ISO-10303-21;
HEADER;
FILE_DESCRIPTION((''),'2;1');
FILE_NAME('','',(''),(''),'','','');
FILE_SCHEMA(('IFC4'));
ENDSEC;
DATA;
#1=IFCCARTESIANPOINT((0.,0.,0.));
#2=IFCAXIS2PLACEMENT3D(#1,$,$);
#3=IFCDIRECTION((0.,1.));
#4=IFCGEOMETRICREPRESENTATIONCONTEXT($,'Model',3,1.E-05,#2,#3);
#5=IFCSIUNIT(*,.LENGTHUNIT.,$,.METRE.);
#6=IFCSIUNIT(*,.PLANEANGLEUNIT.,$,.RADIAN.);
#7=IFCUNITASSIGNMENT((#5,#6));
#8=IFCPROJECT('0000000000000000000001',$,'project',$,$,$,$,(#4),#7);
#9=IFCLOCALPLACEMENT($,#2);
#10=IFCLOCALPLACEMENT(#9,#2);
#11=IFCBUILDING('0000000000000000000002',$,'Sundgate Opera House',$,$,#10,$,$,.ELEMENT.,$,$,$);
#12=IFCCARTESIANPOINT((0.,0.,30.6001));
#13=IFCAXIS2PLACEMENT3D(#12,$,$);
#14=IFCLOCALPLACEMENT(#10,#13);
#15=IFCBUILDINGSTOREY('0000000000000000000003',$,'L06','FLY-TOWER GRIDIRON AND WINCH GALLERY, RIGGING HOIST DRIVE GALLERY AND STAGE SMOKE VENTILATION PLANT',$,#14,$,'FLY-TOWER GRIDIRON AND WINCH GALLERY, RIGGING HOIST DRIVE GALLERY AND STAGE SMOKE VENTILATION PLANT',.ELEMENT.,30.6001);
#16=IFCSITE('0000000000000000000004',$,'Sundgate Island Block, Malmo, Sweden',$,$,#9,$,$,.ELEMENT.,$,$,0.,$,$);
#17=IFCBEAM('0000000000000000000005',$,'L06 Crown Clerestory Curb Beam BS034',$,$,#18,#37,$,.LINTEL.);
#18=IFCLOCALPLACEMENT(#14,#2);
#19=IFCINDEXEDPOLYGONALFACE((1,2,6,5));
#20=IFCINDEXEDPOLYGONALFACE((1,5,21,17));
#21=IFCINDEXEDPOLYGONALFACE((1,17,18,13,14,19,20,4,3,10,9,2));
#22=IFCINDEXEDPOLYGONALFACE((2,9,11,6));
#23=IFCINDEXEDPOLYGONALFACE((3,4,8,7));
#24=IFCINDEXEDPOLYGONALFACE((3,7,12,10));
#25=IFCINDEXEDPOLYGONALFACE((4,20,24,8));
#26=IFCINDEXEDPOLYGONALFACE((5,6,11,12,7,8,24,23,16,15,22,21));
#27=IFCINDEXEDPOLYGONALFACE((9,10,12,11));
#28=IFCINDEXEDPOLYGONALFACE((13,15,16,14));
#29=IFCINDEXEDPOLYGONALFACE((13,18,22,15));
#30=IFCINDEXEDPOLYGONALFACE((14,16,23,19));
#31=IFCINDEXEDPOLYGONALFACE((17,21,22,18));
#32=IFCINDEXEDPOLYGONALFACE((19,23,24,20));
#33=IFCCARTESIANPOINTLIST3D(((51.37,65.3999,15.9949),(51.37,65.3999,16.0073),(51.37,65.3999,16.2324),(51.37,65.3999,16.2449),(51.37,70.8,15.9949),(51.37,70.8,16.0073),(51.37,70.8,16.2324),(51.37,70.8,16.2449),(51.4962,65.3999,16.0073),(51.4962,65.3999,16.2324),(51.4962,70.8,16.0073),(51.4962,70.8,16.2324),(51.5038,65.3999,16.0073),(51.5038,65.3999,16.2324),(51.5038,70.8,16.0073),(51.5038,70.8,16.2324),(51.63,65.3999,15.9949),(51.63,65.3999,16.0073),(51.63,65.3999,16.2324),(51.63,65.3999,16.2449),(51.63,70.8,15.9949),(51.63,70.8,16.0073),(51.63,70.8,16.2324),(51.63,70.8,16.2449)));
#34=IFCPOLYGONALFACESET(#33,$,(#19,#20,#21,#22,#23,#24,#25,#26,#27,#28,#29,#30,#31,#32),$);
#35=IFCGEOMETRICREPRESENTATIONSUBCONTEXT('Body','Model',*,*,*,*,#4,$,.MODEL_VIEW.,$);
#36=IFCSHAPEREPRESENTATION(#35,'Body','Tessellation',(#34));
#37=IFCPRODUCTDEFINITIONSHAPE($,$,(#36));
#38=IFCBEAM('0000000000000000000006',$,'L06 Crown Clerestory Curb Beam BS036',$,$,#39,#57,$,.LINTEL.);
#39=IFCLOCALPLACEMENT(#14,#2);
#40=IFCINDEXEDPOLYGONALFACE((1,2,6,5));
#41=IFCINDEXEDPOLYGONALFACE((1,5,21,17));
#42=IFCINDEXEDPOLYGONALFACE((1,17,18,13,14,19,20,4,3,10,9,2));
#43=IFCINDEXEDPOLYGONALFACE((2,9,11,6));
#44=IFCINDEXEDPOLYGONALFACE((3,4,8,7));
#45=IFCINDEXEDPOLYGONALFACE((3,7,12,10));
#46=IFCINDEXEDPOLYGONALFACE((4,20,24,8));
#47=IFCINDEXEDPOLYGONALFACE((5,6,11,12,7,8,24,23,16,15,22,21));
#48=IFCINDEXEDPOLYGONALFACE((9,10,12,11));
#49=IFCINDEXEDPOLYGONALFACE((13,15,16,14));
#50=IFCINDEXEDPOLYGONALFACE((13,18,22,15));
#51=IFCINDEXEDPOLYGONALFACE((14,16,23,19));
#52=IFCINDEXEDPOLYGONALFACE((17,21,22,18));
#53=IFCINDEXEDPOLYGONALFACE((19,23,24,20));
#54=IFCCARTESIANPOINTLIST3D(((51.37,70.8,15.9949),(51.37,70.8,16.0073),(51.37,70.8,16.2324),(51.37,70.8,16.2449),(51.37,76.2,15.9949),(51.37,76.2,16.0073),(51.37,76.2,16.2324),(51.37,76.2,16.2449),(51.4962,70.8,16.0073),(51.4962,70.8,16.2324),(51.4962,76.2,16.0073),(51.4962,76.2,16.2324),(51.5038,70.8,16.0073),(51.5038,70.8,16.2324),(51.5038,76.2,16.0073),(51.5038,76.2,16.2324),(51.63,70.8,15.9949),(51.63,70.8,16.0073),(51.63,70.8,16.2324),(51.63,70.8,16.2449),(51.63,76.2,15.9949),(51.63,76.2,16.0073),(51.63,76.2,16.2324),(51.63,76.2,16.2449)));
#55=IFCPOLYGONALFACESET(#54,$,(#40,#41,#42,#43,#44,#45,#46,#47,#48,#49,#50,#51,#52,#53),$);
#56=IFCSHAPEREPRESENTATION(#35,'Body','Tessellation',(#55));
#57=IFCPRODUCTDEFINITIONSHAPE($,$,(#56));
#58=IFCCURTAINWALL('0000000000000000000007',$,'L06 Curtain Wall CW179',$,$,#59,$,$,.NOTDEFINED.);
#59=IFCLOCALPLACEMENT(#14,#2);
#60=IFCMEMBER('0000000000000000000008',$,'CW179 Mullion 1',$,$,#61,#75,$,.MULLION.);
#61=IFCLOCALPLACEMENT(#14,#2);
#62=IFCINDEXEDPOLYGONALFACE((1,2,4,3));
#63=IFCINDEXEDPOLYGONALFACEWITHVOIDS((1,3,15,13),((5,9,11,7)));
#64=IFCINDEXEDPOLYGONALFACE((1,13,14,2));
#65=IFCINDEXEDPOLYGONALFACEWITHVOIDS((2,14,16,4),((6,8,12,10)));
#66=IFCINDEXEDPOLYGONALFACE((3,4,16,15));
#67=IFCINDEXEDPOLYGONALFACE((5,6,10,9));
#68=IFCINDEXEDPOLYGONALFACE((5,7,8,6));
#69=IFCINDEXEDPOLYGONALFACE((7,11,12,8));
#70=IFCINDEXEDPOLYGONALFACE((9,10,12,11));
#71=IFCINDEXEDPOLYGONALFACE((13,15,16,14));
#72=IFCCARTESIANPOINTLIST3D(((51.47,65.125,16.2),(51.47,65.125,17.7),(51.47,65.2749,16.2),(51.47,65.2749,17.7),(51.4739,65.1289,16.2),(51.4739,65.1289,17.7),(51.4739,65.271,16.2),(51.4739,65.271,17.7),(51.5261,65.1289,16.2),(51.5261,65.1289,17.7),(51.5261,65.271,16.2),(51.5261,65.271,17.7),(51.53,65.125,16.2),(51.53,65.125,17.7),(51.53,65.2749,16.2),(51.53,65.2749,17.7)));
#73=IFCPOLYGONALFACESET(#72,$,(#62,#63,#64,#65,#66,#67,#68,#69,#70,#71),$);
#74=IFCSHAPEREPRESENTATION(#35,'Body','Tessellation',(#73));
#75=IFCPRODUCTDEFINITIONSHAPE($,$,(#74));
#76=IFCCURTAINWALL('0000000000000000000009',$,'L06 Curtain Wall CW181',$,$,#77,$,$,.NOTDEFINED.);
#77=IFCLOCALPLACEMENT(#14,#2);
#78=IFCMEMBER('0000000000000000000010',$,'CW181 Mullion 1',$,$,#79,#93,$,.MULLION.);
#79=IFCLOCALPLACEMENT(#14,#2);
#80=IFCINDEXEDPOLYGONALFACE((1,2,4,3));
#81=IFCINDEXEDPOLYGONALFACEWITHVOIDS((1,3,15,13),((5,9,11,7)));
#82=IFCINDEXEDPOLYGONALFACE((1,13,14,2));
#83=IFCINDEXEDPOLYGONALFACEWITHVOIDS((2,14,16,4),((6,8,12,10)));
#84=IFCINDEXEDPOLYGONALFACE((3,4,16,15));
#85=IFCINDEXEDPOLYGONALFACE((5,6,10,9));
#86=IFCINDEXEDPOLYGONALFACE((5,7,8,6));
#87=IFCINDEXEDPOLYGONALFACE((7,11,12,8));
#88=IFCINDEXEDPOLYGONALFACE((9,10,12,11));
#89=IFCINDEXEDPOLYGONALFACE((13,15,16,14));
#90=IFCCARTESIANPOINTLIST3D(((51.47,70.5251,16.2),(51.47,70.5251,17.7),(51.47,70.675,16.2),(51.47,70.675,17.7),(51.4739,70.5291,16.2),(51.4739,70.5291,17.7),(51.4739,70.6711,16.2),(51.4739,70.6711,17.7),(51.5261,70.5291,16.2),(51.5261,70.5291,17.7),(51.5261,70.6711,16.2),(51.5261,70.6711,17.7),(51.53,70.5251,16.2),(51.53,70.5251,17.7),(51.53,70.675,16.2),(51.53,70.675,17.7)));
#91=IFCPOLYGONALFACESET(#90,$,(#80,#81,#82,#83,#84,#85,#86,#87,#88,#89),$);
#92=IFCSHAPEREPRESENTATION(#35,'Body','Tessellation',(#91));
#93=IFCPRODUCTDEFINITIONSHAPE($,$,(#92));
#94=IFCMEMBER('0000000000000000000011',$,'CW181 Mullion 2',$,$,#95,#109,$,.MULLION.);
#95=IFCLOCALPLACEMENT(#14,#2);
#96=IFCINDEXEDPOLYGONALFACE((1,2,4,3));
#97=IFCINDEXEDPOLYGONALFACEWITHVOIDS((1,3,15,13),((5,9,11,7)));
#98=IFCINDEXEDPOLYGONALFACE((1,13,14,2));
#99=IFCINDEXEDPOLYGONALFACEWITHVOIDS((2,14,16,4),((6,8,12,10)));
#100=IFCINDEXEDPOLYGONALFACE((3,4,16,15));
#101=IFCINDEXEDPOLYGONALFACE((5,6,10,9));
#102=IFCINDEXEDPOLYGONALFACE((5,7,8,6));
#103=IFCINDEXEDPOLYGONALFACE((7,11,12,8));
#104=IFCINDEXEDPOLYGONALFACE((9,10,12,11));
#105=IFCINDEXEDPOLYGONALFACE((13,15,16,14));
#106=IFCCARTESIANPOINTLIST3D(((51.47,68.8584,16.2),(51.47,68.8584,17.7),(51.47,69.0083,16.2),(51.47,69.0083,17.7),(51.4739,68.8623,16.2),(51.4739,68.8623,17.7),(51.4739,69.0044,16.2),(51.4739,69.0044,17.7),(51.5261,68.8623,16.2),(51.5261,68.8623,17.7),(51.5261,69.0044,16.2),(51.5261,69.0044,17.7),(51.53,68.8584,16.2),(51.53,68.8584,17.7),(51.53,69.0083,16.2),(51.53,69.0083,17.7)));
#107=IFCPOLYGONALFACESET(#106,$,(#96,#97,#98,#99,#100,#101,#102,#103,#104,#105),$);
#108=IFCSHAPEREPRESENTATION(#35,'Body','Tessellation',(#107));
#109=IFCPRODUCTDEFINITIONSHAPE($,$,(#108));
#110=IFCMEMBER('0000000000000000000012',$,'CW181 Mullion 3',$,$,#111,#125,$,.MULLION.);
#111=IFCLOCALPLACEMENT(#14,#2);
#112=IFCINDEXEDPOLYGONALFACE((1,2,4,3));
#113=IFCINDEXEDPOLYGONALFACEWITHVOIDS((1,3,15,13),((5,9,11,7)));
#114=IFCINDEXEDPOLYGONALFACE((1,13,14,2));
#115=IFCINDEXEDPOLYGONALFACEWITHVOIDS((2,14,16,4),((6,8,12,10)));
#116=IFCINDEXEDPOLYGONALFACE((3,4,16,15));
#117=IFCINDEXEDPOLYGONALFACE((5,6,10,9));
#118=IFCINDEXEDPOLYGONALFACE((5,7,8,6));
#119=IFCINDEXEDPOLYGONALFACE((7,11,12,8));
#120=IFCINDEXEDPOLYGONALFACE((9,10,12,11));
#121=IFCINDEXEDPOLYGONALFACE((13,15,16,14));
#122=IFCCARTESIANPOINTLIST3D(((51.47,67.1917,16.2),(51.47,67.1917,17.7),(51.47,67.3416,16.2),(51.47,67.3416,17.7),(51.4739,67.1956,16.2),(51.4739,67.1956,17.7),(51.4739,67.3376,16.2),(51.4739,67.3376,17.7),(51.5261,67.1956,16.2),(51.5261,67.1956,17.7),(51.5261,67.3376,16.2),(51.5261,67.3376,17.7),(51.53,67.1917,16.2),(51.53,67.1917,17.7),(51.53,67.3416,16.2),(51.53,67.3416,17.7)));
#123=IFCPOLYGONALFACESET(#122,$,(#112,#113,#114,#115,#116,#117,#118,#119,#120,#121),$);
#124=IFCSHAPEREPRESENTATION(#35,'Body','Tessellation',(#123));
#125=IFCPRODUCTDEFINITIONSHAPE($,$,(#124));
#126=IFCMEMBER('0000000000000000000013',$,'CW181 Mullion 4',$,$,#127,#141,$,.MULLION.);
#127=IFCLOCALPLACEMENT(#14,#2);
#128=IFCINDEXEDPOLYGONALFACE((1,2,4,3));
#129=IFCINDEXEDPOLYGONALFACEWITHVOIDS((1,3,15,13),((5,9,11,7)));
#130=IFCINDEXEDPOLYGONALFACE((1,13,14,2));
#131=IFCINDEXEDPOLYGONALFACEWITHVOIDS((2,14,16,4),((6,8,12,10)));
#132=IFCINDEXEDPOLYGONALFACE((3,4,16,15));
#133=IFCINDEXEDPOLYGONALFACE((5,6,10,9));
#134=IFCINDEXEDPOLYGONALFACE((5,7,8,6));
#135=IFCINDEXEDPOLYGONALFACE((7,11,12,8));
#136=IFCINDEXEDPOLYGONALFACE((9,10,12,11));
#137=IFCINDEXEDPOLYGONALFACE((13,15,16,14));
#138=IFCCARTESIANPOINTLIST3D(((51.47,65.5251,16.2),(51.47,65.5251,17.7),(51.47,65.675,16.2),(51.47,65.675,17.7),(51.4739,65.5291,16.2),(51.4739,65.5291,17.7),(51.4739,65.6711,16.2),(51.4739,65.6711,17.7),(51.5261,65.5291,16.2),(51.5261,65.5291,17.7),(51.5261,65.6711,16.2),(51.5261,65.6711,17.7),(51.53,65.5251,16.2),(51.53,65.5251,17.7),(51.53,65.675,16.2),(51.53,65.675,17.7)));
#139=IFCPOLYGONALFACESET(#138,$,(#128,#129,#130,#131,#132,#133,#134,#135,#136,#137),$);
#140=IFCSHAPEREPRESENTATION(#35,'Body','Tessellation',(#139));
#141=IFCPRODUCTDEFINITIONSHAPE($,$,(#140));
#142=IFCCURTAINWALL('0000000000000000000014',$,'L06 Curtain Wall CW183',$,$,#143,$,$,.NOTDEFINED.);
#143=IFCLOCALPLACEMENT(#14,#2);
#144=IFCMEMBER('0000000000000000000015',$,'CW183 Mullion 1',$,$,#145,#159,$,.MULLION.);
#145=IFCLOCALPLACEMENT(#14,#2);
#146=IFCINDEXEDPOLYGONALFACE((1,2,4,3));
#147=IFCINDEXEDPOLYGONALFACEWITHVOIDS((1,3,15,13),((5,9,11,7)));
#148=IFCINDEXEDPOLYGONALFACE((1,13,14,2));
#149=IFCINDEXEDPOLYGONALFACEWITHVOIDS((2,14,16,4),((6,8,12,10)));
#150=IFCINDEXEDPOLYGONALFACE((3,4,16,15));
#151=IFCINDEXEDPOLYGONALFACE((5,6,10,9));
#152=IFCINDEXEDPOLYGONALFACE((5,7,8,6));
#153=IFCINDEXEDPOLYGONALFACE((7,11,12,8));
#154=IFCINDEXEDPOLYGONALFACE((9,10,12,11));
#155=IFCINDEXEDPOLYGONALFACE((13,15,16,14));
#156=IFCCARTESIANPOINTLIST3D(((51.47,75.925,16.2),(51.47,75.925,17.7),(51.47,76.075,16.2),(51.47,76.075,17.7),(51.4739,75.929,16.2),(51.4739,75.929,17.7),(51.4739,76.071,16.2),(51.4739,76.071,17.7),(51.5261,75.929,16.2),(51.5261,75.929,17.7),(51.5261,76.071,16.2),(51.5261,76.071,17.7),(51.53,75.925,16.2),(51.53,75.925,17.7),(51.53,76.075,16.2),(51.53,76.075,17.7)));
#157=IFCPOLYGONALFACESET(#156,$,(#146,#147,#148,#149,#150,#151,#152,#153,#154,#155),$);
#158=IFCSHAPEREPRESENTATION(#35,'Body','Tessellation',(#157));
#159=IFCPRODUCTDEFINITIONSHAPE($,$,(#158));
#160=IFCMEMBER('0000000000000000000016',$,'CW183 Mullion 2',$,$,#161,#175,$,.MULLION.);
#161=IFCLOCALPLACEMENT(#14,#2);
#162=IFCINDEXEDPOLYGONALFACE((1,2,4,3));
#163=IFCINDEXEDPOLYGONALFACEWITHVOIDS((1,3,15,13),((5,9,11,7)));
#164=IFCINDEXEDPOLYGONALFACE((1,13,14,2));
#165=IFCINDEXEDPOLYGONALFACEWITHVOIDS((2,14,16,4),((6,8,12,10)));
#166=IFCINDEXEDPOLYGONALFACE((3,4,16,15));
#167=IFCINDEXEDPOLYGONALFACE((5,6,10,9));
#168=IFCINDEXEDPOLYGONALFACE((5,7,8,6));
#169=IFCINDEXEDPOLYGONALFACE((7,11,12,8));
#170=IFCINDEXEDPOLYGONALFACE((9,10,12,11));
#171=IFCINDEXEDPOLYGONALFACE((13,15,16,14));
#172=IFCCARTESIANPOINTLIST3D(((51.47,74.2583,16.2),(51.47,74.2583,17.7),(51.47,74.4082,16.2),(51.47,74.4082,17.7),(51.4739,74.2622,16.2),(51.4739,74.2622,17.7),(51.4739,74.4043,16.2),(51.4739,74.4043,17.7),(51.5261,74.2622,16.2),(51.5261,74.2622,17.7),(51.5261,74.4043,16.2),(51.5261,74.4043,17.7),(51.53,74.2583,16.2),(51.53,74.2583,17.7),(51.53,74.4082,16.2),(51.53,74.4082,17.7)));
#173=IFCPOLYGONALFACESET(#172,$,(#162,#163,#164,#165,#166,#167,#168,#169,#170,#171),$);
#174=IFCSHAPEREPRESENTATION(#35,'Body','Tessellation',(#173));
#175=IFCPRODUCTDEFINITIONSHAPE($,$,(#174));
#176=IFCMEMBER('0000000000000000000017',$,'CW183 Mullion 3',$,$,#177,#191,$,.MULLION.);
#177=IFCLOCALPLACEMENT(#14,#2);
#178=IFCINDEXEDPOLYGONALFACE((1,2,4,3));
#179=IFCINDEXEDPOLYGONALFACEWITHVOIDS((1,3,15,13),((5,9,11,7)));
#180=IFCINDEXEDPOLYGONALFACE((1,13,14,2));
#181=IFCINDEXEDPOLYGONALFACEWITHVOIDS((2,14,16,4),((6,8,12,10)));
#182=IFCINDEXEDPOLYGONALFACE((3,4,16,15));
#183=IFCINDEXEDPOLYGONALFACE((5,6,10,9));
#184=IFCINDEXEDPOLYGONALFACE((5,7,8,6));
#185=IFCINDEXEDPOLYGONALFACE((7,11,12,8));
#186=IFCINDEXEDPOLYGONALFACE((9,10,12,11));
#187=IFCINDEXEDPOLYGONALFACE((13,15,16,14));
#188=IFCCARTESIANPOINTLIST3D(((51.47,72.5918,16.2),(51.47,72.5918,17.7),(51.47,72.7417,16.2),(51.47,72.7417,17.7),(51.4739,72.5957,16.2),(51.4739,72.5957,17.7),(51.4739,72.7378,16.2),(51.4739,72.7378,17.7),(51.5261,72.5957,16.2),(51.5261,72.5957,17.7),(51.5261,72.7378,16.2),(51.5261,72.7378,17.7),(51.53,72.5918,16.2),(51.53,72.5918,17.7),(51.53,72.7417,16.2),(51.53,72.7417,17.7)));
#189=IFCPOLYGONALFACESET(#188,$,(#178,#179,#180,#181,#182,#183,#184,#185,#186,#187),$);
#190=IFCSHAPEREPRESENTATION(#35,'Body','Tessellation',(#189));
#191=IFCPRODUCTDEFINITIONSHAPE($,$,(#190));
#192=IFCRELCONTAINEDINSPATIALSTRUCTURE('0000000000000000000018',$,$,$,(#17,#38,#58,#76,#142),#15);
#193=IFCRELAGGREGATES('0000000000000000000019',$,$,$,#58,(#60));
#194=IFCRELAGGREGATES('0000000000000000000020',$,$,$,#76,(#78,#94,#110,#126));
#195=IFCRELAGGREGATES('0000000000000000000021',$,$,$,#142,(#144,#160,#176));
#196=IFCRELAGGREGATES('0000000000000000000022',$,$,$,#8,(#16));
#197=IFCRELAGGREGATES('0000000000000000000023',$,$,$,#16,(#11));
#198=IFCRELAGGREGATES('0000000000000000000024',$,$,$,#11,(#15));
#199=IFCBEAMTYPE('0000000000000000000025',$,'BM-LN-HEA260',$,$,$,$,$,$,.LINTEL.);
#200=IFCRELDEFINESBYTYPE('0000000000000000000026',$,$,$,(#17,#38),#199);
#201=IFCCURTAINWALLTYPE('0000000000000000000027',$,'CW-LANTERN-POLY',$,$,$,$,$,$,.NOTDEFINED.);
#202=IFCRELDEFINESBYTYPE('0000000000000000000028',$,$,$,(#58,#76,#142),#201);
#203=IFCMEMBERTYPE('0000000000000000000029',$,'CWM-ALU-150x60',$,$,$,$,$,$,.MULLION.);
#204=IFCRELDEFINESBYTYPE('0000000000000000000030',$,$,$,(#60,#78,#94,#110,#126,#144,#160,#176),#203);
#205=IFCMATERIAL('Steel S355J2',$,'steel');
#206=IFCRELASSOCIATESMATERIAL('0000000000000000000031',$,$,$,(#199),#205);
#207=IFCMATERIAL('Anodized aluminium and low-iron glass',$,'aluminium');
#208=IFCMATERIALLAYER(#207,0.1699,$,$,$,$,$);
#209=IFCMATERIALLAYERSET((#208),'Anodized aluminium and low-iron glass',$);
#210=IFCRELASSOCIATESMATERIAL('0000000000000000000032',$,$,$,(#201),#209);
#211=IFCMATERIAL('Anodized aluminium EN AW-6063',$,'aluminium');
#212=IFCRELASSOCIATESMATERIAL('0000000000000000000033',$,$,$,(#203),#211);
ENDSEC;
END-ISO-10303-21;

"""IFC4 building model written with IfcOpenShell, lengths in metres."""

from ifc_helpers import new_model, si_unit, direction, frame, origin, origin_2d, place, context, subcontext, project, spatial, hollow_rectangle, i_section, extrude, material, layer, layer_set, material_profile, profile_set, type_object, element, aggregate, save


model = new_model("IFC4")

# Units and contexts
model_context = context("Model", 3, precision=1e-05, world=origin(), true_north=direction((0.0, 1.0)))
body_context = subcontext(model_context, "Body", "Model", "MODEL_VIEW")
ifc_project = project(units=[si_unit("LENGTHUNIT", "METRE"), si_unit("PLANEANGLEUNIT", "RADIAN")], contexts=[model_context])

# Site, building, storey
site_placement = place(None, origin())
site = spatial("IfcSite", under=ifc_project, at=site_placement, Name="Sundgate Island Block, Malmo, Sweden", CompositionType="ELEMENT", RefElevation=0.0)
building_placement = place(site_placement, origin())
building = spatial("IfcBuilding", under=site, at=building_placement, Name="Sundgate Opera House", CompositionType="ELEMENT")
storey_placement = place(building_placement, frame((0.0, 0.0, 30.6001)))
storey = spatial("IfcBuildingStorey", under=building, at=storey_placement, Name="L06", Description="FLY-TOWER GRIDIRON AND WINCH GALLERY, RIGGING HOIST DRIVE GALLERY AND STAGE SMOKE VENTILATION PLANT", LongName="FLY-TOWER GRIDIRON AND WINCH GALLERY, RIGGING HOIST DRIVE GALLERY AND STAGE SMOKE VENTILATION PLANT", CompositionType="ELEMENT", Elevation=30.6001)

# Beams
ifc_material_1 = material(Name="Steel S355J2", Category="steel")
ifc_material_profile_1 = material_profile(ifc_material_1, i_section(OverallWidth=0.26, OverallDepth=0.25, WebThickness=0.0076, FlangeThickness=0.0125, at=origin_2d()), Name="HEA 260")
ifc_profile_set_1 = profile_set([ifc_material_profile_1], Name="Steel S355J2")
beam_type = type_object("IfcBeamType", Name="BM-LN-HEA260", PredefinedType="LINTEL", material=ifc_profile_set_1)
beam_1_placement = place(storey_placement, frame((51.5, 65.3999, 16.1199), z_axis=(0.0, 1.0, 0.0), x_axis=(-1.0, 0.0, 0.0)))
element("IfcBeam", 1, at=beam_1_placement, inside=storey, type_object=beam_type, Name="L06 Crown Clerestory Curb Beam BS034", PredefinedType="LINTEL", context=body_context, shape_type="SweptSolid", body=[
    extrude(i_section(OverallWidth=0.26, OverallDepth=0.25, WebThickness=0.0076, FlangeThickness=0.0125, at=origin_2d()), origin(), (0.0, 0.0, 1.0), 5.4001),
])
beam_2_placement = place(storey_placement, frame((51.5, 70.8, 16.1199), z_axis=(0.0, 1.0, 0.0), x_axis=(-1.0, 0.0, 0.0)))
element("IfcBeam", 2, at=beam_2_placement, inside=storey, type_object=beam_type, Name="L06 Crown Clerestory Curb Beam BS036", PredefinedType="LINTEL", context=body_context, shape_type="SweptSolid", body=[
    extrude(i_section(OverallWidth=0.26, OverallDepth=0.25, WebThickness=0.0076, FlangeThickness=0.0125, at=origin_2d()), origin(), (0.0, 0.0, 1.0), 5.3999),
])

# Curtain wall, member
ifc_material_2 = material(Name="Anodized aluminium and low-iron glass", Category="aluminium")
ifc_layer_1 = layer(ifc_material_2, 0.1699)
ifc_layer_set_1 = layer_set([ifc_layer_1], Name="Anodized aluminium and low-iron glass")
curtain_wall_type = type_object("IfcCurtainWallType", Name="CW-LANTERN-POLY", PredefinedType="NOTDEFINED", material=ifc_layer_set_1)
curtain_wall_1_placement = place(storey_placement, origin())
curtain_wall_1 = element("IfcCurtainWall", 3, at=curtain_wall_1_placement, inside=storey, type_object=curtain_wall_type, Name="L06 Curtain Wall CW179", PredefinedType="NOTDEFINED")
ifc_material_3 = material(Name="Anodized aluminium EN AW-6063", Category="aluminium")
ifc_material_profile_2 = material_profile(ifc_material_3, hollow_rectangle(XDim=0.0601, YDim=0.1499, WallThickness=0.0039, at=origin_2d()), Name="CWM 150x60x4")
ifc_profile_set_2 = profile_set([ifc_material_profile_2], Name="Anodized aluminium EN AW-6063")
member_type_1 = type_object("IfcMemberType", Name="CWM-ALU-150x60", PredefinedType="MULLION", material=ifc_profile_set_2)
member_1_placement = place(storey_placement, frame((51.5, 65.2, 16.2), z_axis=(0.0, 0.0, 1.0), x_axis=(1.0, 0.0, 0.0)))
member_1 = element("IfcMember", 4, at=member_1_placement, type_object=member_type_1, Name="CW179 Mullion 1", PredefinedType="MULLION", context=body_context, shape_type="SweptSolid", body=[
    extrude(hollow_rectangle(XDim=0.0601, YDim=0.1499, WallThickness=0.0039, at=origin_2d()), origin(), (0.0, 0.0, 1.0), 1.5),
])

# Curtain walls, members
curtain_wall_2_placement = place(storey_placement, origin())
curtain_wall_2 = element("IfcCurtainWall", 5, at=curtain_wall_2_placement, inside=storey, type_object=curtain_wall_type, Name="L06 Curtain Wall CW181", PredefinedType="NOTDEFINED")
member_2_placement = place(storey_placement, frame((51.5, 70.6001, 16.2), z_axis=(0.0, 0.0, 1.0), x_axis=(1.0, 0.0, 0.0)))
member_2 = element("IfcMember", 6, at=member_2_placement, type_object=member_type_1, Name="CW181 Mullion 1", PredefinedType="MULLION", context=body_context, shape_type="SweptSolid", body=[
    extrude(hollow_rectangle(XDim=0.0601, YDim=0.1499, WallThickness=0.0039, at=origin_2d()), origin(), (0.0, 0.0, 1.0), 1.5),
])
member_3_placement = place(storey_placement, frame((51.5, 68.9333, 16.2), z_axis=(0.0, 0.0, 1.0), x_axis=(1.0, 0.0, 0.0)))
member_3 = element("IfcMember", 7, at=member_3_placement, type_object=member_type_1, Name="CW181 Mullion 2", PredefinedType="MULLION", context=body_context, shape_type="SweptSolid", body=[
    extrude(hollow_rectangle(XDim=0.0601, YDim=0.1499, WallThickness=0.0039, at=origin_2d()), origin(), (0.0, 0.0, 1.0), 1.5),
])
member_4_placement = place(storey_placement, frame((51.5, 67.2666, 16.2), z_axis=(0.0, 0.0, 1.0), x_axis=(1.0, 0.0, 0.0)))
member_4 = element("IfcMember", 8, at=member_4_placement, type_object=member_type_1, Name="CW181 Mullion 3", PredefinedType="MULLION", context=body_context, shape_type="SweptSolid", body=[
    extrude(hollow_rectangle(XDim=0.0601, YDim=0.1499, WallThickness=0.0039, at=origin_2d()), origin(), (0.0, 0.0, 1.0), 1.5),
])
member_5_placement = place(storey_placement, frame((51.5, 65.6001, 16.2), z_axis=(0.0, 0.0, 1.0), x_axis=(1.0, 0.0, 0.0)))
member_5 = element("IfcMember", 9, at=member_5_placement, type_object=member_type_1, Name="CW181 Mullion 4", PredefinedType="MULLION", context=body_context, shape_type="SweptSolid", body=[
    extrude(hollow_rectangle(XDim=0.0601, YDim=0.1499, WallThickness=0.0039, at=origin_2d()), origin(), (0.0, 0.0, 1.0), 1.5),
])
curtain_wall_3_placement = place(storey_placement, origin())
curtain_wall_3 = element("IfcCurtainWall", 10, at=curtain_wall_3_placement, inside=storey, type_object=curtain_wall_type, Name="L06 Curtain Wall CW183", PredefinedType="NOTDEFINED")
member_6_placement = place(storey_placement, frame((51.5, 76.0, 16.2), z_axis=(0.0, 0.0, 1.0), x_axis=(1.0, 0.0, 0.0)))
member_6 = element("IfcMember", 11, at=member_6_placement, type_object=member_type_1, Name="CW183 Mullion 1", PredefinedType="MULLION", context=body_context, shape_type="SweptSolid", body=[
    extrude(hollow_rectangle(XDim=0.0601, YDim=0.1499, WallThickness=0.0039, at=origin_2d()), origin(), (0.0, 0.0, 1.0), 1.5),
])
member_7_placement = place(storey_placement, frame((51.5, 74.3333, 16.2), z_axis=(0.0, 0.0, 1.0), x_axis=(1.0, 0.0, 0.0)))
member_7 = element("IfcMember", 12, at=member_7_placement, type_object=member_type_1, Name="CW183 Mullion 2", PredefinedType="MULLION", context=body_context, shape_type="SweptSolid", body=[
    extrude(hollow_rectangle(XDim=0.0601, YDim=0.1499, WallThickness=0.0039, at=origin_2d()), origin(), (0.0, 0.0, 1.0), 1.5),
])
member_8_placement = place(storey_placement, frame((51.5, 72.6667, 16.2), z_axis=(0.0, 0.0, 1.0), x_axis=(1.0, 0.0, 0.0)))
member_8 = element("IfcMember", 13, at=member_8_placement, type_object=member_type_1, Name="CW183 Mullion 3", PredefinedType="MULLION", context=body_context, shape_type="SweptSolid", body=[
    extrude(hollow_rectangle(XDim=0.0601, YDim=0.1499, WallThickness=0.0039, at=origin_2d()), origin(), (0.0, 0.0, 1.0), 1.5),
])

aggregate(curtain_wall_1, [member_1])
aggregate(curtain_wall_2, [member_2, member_3, member_4, member_5])
aggregate(curtain_wall_3, [member_6, member_7, member_8])

save(model, "model.ifc")
